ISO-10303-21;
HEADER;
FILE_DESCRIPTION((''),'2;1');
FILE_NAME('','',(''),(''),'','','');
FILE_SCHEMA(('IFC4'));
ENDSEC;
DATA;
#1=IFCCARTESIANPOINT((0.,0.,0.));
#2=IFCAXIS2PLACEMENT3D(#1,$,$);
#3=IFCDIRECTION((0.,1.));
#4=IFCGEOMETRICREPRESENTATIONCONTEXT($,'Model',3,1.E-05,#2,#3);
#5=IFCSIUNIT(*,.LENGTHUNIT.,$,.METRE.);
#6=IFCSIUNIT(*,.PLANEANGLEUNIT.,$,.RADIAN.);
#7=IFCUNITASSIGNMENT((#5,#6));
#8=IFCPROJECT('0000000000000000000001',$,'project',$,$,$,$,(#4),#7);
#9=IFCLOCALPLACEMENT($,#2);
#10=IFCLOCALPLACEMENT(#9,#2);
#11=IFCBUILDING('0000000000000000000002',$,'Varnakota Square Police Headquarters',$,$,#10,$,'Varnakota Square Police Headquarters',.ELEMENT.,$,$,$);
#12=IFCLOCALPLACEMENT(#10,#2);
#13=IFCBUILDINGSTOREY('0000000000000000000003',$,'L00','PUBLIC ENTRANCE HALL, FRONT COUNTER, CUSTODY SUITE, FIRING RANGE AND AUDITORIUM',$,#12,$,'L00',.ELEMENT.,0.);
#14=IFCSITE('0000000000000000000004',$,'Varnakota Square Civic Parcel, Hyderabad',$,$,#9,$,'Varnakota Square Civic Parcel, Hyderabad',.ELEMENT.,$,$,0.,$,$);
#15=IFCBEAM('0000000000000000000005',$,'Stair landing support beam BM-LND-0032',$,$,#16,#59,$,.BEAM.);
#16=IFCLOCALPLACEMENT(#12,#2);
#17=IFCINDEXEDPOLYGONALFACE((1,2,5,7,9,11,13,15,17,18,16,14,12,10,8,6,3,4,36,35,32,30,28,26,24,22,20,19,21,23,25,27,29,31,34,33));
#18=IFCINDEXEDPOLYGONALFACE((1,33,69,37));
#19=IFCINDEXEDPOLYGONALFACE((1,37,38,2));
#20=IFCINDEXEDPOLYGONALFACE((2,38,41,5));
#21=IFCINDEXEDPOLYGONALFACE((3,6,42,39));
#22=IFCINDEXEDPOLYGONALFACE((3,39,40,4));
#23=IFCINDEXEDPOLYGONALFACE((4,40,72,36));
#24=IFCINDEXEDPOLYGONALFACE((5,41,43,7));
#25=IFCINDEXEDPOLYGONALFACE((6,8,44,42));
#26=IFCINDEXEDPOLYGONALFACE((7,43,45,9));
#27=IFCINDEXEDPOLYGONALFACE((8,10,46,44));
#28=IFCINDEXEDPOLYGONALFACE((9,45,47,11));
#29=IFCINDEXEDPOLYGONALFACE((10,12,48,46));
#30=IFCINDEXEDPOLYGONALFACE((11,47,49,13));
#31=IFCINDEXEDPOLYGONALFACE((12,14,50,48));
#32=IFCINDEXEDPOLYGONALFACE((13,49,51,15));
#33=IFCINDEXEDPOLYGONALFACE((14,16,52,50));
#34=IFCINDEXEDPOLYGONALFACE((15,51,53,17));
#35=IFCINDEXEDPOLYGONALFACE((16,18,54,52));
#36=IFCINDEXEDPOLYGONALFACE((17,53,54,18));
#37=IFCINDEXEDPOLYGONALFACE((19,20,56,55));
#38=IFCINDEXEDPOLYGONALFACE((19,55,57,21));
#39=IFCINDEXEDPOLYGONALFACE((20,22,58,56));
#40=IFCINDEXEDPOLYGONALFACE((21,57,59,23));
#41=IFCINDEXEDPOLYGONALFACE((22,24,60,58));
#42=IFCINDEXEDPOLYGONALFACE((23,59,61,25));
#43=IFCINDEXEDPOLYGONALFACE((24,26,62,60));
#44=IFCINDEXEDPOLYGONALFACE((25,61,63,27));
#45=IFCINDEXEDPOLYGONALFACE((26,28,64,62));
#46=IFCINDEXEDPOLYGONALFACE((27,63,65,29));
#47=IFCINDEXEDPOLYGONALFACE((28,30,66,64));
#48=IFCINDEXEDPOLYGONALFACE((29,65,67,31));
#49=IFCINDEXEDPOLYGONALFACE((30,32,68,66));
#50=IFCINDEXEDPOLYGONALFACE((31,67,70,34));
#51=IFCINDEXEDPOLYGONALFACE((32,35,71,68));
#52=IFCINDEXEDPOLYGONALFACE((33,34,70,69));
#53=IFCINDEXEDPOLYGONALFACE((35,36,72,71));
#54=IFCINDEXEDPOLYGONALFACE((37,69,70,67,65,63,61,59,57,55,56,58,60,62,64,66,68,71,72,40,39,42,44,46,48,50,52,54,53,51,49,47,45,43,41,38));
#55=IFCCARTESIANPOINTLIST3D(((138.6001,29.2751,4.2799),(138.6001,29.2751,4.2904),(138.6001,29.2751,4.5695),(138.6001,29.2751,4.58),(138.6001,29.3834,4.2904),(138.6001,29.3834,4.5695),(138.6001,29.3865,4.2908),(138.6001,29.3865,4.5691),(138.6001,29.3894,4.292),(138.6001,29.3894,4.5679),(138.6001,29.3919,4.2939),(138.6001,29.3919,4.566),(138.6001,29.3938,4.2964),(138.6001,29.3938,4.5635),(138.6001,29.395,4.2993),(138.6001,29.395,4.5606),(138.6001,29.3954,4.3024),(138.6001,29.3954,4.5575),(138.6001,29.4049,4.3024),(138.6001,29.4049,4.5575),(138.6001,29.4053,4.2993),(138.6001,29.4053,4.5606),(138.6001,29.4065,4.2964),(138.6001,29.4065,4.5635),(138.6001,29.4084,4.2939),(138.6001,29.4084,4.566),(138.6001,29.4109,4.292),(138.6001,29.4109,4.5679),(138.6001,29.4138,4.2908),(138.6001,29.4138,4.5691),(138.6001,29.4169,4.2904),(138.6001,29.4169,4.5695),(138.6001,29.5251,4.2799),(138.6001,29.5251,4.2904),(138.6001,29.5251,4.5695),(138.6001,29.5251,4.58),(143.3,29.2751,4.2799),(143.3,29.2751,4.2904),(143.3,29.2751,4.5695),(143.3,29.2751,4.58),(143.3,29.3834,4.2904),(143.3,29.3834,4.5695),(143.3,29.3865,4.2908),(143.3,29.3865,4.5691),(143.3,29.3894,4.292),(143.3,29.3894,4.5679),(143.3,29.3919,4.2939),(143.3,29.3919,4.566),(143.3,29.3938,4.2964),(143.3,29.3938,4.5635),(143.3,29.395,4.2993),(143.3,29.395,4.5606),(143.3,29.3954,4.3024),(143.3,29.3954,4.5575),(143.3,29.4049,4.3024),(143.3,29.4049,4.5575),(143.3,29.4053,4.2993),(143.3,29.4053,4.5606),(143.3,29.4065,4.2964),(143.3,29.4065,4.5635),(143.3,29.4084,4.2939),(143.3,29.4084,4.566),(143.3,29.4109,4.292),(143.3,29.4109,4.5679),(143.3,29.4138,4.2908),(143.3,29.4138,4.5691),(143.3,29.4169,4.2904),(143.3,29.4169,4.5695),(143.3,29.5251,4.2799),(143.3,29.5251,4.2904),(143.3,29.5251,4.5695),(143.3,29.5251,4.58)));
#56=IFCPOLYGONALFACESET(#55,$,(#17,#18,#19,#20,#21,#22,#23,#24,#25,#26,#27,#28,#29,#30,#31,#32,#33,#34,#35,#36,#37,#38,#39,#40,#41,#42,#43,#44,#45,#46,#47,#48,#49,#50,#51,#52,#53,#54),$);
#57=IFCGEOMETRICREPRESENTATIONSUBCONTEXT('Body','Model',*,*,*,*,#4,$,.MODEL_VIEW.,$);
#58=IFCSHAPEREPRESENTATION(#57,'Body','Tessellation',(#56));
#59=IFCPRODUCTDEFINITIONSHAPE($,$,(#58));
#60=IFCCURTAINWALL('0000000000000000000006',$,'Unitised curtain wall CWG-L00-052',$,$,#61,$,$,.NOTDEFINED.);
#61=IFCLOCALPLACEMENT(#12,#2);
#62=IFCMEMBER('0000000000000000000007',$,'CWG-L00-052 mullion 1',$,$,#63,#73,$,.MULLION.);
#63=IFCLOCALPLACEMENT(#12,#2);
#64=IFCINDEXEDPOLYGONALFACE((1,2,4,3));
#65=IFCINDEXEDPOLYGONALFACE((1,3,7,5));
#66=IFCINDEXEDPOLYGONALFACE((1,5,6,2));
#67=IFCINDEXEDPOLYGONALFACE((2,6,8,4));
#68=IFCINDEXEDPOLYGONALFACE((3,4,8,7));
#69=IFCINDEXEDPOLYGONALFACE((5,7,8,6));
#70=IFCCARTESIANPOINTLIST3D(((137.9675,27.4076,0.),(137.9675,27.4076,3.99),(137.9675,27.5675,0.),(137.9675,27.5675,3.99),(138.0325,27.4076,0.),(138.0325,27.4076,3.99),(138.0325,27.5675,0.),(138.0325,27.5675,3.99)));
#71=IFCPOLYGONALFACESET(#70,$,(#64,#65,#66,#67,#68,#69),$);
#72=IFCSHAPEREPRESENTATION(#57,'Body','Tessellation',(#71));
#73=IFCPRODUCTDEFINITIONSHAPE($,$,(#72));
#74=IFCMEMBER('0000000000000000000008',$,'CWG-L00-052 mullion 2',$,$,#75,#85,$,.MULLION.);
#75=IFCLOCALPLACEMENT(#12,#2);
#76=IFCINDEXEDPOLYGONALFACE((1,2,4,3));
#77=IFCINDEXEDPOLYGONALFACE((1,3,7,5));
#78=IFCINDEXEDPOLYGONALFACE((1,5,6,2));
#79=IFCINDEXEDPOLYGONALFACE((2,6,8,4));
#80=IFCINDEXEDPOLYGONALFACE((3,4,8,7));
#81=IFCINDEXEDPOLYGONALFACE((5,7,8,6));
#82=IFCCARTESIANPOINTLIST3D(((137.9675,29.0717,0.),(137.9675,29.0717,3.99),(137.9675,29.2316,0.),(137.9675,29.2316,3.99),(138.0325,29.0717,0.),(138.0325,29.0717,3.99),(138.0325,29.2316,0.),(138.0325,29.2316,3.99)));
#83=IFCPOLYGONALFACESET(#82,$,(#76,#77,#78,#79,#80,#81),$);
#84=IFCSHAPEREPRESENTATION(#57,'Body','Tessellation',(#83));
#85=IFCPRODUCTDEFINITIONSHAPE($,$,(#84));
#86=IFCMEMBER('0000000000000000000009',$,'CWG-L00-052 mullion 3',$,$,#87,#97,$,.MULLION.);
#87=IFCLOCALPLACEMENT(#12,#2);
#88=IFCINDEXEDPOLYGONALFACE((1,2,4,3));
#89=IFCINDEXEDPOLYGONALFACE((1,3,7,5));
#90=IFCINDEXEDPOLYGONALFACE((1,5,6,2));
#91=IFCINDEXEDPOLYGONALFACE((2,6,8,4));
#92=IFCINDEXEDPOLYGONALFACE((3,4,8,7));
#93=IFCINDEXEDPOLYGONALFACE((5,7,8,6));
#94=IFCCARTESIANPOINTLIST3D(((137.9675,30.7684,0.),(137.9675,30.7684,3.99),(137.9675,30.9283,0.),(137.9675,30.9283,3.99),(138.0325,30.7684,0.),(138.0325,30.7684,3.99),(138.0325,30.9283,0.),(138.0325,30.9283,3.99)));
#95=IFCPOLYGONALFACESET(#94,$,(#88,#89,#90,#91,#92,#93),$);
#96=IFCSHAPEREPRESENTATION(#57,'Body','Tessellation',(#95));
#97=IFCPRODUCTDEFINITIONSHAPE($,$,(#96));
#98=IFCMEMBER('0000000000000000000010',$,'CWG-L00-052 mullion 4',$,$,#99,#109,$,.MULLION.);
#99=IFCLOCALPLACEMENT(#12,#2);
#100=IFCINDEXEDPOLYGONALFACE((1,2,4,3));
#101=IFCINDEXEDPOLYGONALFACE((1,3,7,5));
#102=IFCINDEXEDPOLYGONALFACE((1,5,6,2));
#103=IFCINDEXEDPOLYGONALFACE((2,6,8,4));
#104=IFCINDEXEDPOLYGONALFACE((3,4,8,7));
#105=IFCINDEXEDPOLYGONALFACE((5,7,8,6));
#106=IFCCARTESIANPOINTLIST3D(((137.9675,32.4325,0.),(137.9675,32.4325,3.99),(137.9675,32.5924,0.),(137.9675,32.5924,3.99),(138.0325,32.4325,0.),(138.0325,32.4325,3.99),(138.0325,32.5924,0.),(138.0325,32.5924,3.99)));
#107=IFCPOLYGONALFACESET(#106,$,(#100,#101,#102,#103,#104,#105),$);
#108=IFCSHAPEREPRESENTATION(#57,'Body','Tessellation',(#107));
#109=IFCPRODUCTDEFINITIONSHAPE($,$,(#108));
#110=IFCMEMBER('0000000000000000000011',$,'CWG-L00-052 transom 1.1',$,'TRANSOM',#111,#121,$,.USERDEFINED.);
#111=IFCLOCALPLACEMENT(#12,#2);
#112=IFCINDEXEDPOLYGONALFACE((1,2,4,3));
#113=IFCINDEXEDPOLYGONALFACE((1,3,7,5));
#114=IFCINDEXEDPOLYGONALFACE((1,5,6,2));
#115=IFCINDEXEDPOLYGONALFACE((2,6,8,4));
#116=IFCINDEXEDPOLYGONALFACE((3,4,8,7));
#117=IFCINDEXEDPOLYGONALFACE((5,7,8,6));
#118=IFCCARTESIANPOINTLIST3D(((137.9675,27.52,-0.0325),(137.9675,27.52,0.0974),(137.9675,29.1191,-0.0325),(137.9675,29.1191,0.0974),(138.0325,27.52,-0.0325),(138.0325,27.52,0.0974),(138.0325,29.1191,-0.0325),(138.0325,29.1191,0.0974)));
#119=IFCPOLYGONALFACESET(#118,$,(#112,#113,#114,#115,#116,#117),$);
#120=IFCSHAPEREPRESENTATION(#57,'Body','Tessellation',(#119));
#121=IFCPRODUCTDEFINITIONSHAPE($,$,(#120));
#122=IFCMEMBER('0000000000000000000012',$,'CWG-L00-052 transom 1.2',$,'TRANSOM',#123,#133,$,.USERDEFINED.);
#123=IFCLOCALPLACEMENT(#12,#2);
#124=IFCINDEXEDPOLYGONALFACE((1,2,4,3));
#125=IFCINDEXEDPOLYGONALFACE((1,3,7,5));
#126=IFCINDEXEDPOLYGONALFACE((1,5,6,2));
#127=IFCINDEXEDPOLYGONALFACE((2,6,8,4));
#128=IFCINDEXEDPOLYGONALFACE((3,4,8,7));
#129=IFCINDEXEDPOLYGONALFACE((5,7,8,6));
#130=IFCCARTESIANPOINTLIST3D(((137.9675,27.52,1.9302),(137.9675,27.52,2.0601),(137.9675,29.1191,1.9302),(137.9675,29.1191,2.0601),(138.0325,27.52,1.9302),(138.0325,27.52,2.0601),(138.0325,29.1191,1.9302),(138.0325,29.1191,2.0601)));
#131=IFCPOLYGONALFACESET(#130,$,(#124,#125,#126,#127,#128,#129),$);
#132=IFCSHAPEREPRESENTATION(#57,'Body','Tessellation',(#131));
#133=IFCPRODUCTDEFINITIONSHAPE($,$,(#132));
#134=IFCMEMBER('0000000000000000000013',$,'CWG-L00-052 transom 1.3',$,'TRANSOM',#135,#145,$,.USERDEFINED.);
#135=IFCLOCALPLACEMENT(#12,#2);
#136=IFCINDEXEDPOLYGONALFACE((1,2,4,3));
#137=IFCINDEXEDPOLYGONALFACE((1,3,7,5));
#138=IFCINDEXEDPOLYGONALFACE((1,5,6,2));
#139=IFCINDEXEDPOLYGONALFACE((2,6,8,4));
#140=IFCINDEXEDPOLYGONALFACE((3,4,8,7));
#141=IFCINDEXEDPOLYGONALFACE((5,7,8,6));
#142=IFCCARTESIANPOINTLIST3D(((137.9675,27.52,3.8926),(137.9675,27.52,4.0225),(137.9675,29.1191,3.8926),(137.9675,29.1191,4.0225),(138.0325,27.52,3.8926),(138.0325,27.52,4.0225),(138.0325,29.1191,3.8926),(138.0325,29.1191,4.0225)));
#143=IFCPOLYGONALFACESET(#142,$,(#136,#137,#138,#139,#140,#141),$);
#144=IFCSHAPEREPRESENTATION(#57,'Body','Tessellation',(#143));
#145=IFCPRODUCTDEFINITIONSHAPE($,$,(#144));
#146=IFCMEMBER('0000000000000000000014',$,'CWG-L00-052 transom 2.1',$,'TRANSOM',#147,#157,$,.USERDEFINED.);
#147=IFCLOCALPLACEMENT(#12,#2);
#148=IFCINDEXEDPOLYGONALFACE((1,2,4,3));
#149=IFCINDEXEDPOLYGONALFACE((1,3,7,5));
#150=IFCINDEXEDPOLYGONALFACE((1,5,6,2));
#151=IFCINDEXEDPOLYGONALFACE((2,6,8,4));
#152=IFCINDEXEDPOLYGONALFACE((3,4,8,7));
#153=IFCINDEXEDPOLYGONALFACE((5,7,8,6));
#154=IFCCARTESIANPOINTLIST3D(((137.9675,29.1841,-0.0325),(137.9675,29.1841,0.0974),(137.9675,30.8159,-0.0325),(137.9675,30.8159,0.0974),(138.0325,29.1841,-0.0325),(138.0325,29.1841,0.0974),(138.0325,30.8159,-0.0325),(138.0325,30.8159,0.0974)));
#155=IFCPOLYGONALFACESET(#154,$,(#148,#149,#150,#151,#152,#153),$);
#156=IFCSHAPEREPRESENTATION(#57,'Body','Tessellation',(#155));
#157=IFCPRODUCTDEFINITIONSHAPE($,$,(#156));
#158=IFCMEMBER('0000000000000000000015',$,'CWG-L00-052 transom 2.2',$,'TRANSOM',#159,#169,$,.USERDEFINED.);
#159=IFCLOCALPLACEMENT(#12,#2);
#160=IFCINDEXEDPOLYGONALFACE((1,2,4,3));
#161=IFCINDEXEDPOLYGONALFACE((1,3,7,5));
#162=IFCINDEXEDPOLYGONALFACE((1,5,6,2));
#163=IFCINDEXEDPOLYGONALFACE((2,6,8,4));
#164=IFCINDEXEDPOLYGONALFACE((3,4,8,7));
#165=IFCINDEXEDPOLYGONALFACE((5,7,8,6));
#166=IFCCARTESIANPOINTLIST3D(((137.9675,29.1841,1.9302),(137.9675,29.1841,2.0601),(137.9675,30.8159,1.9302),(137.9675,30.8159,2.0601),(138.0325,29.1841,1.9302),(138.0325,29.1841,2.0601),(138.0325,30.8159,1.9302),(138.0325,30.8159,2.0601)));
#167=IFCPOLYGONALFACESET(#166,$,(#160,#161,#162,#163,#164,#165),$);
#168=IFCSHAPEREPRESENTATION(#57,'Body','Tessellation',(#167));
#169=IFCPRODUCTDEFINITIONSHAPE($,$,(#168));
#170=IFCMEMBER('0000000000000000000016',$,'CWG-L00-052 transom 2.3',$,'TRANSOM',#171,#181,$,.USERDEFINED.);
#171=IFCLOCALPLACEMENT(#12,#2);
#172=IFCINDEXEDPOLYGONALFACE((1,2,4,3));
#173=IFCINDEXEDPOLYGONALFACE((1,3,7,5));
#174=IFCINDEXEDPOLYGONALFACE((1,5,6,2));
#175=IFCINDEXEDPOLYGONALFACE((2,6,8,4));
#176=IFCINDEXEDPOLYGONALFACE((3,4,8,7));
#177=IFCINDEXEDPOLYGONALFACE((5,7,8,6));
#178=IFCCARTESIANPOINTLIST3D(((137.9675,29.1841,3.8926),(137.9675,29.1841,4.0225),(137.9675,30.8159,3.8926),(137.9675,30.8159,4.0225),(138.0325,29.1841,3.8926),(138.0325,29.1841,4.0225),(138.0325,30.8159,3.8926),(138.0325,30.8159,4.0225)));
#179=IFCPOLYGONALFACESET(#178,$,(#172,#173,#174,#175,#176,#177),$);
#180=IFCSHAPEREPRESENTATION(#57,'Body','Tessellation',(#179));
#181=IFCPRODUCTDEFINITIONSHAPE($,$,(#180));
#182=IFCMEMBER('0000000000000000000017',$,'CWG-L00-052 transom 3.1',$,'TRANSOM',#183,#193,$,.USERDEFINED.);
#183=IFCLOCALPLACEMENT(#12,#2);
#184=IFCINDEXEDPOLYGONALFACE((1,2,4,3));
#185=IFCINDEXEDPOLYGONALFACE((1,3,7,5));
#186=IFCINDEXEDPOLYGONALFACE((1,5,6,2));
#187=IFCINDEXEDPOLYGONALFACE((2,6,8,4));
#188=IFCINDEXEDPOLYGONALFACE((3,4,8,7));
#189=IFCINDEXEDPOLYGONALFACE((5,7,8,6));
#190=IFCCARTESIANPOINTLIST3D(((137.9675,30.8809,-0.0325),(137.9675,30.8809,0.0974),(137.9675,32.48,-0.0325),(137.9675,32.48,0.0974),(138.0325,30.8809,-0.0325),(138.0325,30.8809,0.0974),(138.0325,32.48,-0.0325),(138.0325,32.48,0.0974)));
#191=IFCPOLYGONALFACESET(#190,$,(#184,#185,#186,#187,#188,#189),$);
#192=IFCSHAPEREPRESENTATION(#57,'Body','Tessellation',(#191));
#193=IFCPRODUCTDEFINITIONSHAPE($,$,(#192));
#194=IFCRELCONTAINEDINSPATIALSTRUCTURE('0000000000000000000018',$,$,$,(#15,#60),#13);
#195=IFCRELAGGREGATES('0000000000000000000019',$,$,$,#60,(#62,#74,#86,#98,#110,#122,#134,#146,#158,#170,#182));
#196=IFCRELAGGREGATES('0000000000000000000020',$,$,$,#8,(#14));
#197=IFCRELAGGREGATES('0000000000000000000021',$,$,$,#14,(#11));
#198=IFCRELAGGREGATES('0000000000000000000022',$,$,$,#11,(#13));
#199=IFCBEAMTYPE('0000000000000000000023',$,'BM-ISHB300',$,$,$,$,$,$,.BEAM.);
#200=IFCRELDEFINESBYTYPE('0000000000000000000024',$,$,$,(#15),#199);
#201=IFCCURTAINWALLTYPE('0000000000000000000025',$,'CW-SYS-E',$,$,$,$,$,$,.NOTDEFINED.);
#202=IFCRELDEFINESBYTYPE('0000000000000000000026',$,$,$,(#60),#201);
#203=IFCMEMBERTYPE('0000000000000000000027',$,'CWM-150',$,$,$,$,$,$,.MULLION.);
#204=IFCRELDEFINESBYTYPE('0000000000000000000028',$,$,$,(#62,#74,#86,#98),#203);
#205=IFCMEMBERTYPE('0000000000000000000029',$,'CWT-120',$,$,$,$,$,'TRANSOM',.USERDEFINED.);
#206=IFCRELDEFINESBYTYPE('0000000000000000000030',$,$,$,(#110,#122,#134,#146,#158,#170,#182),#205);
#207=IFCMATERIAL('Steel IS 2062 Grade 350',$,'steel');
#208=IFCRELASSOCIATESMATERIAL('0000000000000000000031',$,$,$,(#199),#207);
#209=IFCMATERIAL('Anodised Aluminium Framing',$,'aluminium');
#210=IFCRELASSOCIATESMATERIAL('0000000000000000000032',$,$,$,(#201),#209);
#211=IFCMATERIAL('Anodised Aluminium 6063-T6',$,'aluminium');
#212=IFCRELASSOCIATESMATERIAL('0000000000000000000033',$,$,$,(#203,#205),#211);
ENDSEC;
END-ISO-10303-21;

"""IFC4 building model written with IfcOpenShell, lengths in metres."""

from ifc_helpers import new_model, si_unit, direction, frame, origin, origin_2d, place, context, subcontext, project, spatial, rectangle, i_section, extrude, material, material_profile, profile_set, type_object, element, aggregate, save


model = new_model("IFC4")

# Units and contexts
model_context = context("Model", 3, precision=1e-05, world=origin(), true_north=direction((0.0, 1.0)))
body_context = subcontext(model_context, "Body", "Model", "MODEL_VIEW")
ifc_project = project(units=[si_unit("LENGTHUNIT", "METRE"), si_unit("PLANEANGLEUNIT", "RADIAN")], contexts=[model_context])

# Site, building, storey
site_placement = place(None, origin())
site = spatial("IfcSite", under=ifc_project, at=site_placement, Name="Varnakota Square Civic Parcel, Hyderabad", LongName="Varnakota Square Civic Parcel, Hyderabad", CompositionType="ELEMENT", RefElevation=0.0)
building_placement = place(site_placement, origin())
building = spatial("IfcBuilding", under=site, at=building_placement, Name="Varnakota Square Police Headquarters", LongName="Varnakota Square Police Headquarters", CompositionType="ELEMENT")
storey_placement = place(building_placement, origin())
storey = spatial("IfcBuildingStorey", under=building, at=storey_placement, Name="L00", Description="PUBLIC ENTRANCE HALL, FRONT COUNTER, CUSTODY SUITE, FIRING RANGE AND AUDITORIUM", LongName="L00", CompositionType="ELEMENT", Elevation=0.0)

# Beam
ifc_material_1 = material(Name="Steel IS 2062 Grade 350", Category="steel")
ifc_material_profile_1 = material_profile(ifc_material_1, i_section(OverallWidth=0.25, OverallDepth=0.3, WebThickness=0.0095, FlangeThickness=0.0105, FilletRadius=0.012, at=origin_2d()), Name="ISHB 300")
ifc_profile_set_1 = profile_set([ifc_material_profile_1], Name="Steel IS 2062 Grade 350")
beam_type = type_object("IfcBeamType", Name="BM-ISHB300", PredefinedType="BEAM", material=ifc_profile_set_1)
beam_placement = place(storey_placement, frame((138.6001, 29.4001, 4.4299), z_axis=(1.0, 0.0, 0.0), x_axis=(0.0, 1.0, 0.0)))
element("IfcBeam", 1, at=beam_placement, inside=storey, type_object=beam_type, Name="Stair landing support beam BM-LND-0032", PredefinedType="BEAM", context=body_context, shape_type="SweptSolid", body=[
    extrude(i_section(OverallWidth=0.25, OverallDepth=0.3, WebThickness=0.0095, FlangeThickness=0.0105, FilletRadius=0.012, at=origin_2d()), origin(), (0.0, 0.0, 1.0), 4.7),
])

# Curtain wall, members
ifc_material_2 = material(Name="Anodised Aluminium Framing", Category="aluminium")
curtain_wall_type = type_object("IfcCurtainWallType", Name="CW-SYS-E", PredefinedType="NOTDEFINED", material=ifc_material_2)
curtain_wall_placement = place(storey_placement, origin())
curtain_wall = element("IfcCurtainWall", 2, at=curtain_wall_placement, inside=storey, type_object=curtain_wall_type, Name="Unitised curtain wall CWG-L00-052", PredefinedType="NOTDEFINED")
ifc_material_3 = material(Name="Anodised Aluminium 6063-T6", Category="aluminium")
ifc_material_profile_2 = material_profile(ifc_material_3, rectangle(XDim=0.0649, YDim=0.1599, at=origin_2d()), Name="ALU MULLION 65x160")
ifc_profile_set_2 = profile_set([ifc_material_profile_2], Name="Anodised Aluminium 6063-T6")
member_type_1 = type_object("IfcMemberType", Name="CWM-150", PredefinedType="MULLION", material=ifc_profile_set_2)
member_1_placement = place(storey_placement, frame((138.0, 27.4875, 0.0), z_axis=(0.0, 0.0, 1.0), x_axis=(-1.0, 0.0, 0.0)))
member_1 = element("IfcMember", 3, at=member_1_placement, type_object=member_type_1, Name="CWG-L00-052 mullion 1", PredefinedType="MULLION", context=body_context, shape_type="SweptSolid", body=[
    extrude(rectangle(XDim=0.0649, YDim=0.1599, at=origin_2d()), origin(), (0.0, 0.0, 1.0), 3.99),
])
member_2_placement = place(storey_placement, frame((138.0, 29.1516, 0.0), z_axis=(0.0, 0.0, 1.0), x_axis=(-1.0, 0.0, 0.0)))
member_2 = element("IfcMember", 4, at=member_2_placement, type_object=member_type_1, Name="CWG-L00-052 mullion 2", PredefinedType="MULLION", context=body_context, shape_type="SweptSolid", body=[
    extrude(rectangle(XDim=0.0649, YDim=0.1599, at=origin_2d()), origin(), (0.0, 0.0, 1.0), 3.99),
])
member_3_placement = place(storey_placement, frame((138.0, 30.8484, 0.0), z_axis=(0.0, 0.0, 1.0), x_axis=(-1.0, 0.0, 0.0)))
member_3 = element("IfcMember", 5, at=member_3_placement, type_object=member_type_1, Name="CWG-L00-052 mullion 3", PredefinedType="MULLION", context=body_context, shape_type="SweptSolid", body=[
    extrude(rectangle(XDim=0.0649, YDim=0.1599, at=origin_2d()), origin(), (0.0, 0.0, 1.0), 3.99),
])
member_4_placement = place(storey_placement, frame((138.0, 32.5125, 0.0), z_axis=(0.0, 0.0, 1.0), x_axis=(-1.0, 0.0, 0.0)))
member_4 = element("IfcMember", 6, at=member_4_placement, type_object=member_type_1, Name="CWG-L00-052 mullion 4", PredefinedType="MULLION", context=body_context, shape_type="SweptSolid", body=[
    extrude(rectangle(XDim=0.0649, YDim=0.1599, at=origin_2d()), origin(), (0.0, 0.0, 1.0), 3.99),
])
ifc_material_profile_3 = material_profile(ifc_material_3, rectangle(XDim=0.0649, YDim=0.1299, at=origin_2d()), Name="ALU TRANSOM 65x130")
ifc_profile_set_3 = profile_set([ifc_material_profile_3], Name="Anodised Aluminium 6063-T6")
member_type_2 = type_object("IfcMemberType", Name="CWT-120", ElementType="TRANSOM", PredefinedType="USERDEFINED", material=ifc_profile_set_3)
member_5_placement = place(storey_placement, frame((138.0, 27.52, 0.0325), z_axis=(0.0, 1.0, 0.0), x_axis=(-1.0, 0.0, 0.0)))
member_5 = element("IfcMember", 7, at=member_5_placement, type_object=member_type_2, Name="CWG-L00-052 transom 1.1", ObjectType="TRANSOM", PredefinedType="USERDEFINED", context=body_context, shape_type="SweptSolid", body=[
    extrude(rectangle(XDim=0.0649, YDim=0.1299, at=origin_2d()), origin(), (0.0, 0.0, 1.0), 1.5991),
])
member_6_placement = place(storey_placement, frame((138.0, 27.52, 1.9951), z_axis=(0.0, 1.0, 0.0), x_axis=(-1.0, 0.0, 0.0)))
member_6 = element("IfcMember", 8, at=member_6_placement, type_object=member_type_2, Name="CWG-L00-052 transom 1.2", ObjectType="TRANSOM", PredefinedType="USERDEFINED", context=body_context, shape_type="SweptSolid", body=[
    extrude(rectangle(XDim=0.0649, YDim=0.1299, at=origin_2d()), origin(), (0.0, 0.0, 1.0), 1.5991),
])
member_7_placement = place(storey_placement, frame((138.0, 27.52, 3.9575), z_axis=(0.0, 1.0, 0.0), x_axis=(-1.0, 0.0, 0.0)))
member_7 = element("IfcMember", 9, at=member_7_placement, type_object=member_type_2, Name="CWG-L00-052 transom 1.3", ObjectType="TRANSOM", PredefinedType="USERDEFINED", context=body_context, shape_type="SweptSolid", body=[
    extrude(rectangle(XDim=0.0649, YDim=0.1299, at=origin_2d()), origin(), (0.0, 0.0, 1.0), 1.5991),
])
member_8_placement = place(storey_placement, frame((138.0, 29.1841, 0.0325), z_axis=(0.0, 1.0, 0.0), x_axis=(-1.0, 0.0, 0.0)))
member_8 = element("IfcMember", 10, at=member_8_placement, type_object=member_type_2, Name="CWG-L00-052 transom 2.1", ObjectType="TRANSOM", PredefinedType="USERDEFINED", context=body_context, shape_type="SweptSolid", body=[
    extrude(rectangle(XDim=0.0649, YDim=0.1299, at=origin_2d()), origin(), (0.0, 0.0, 1.0), 1.6318),
])
member_9_placement = place(storey_placement, frame((138.0, 29.1841, 1.9951), z_axis=(0.0, 1.0, 0.0), x_axis=(-1.0, 0.0, 0.0)))
member_9 = element("IfcMember", 11, at=member_9_placement, type_object=member_type_2, Name="CWG-L00-052 transom 2.2", ObjectType="TRANSOM", PredefinedType="USERDEFINED", context=body_context, shape_type="SweptSolid", body=[
    extrude(rectangle(XDim=0.0649, YDim=0.1299, at=origin_2d()), origin(), (0.0, 0.0, 1.0), 1.6318),
])
member_10_placement = place(storey_placement, frame((138.0, 29.1841, 3.9575), z_axis=(0.0, 1.0, 0.0), x_axis=(-1.0, 0.0, 0.0)))
member_10 = element("IfcMember", 12, at=member_10_placement, type_object=member_type_2, Name="CWG-L00-052 transom 2.3", ObjectType="TRANSOM", PredefinedType="USERDEFINED", context=body_context, shape_type="SweptSolid", body=[
    extrude(rectangle(XDim=0.0649, YDim=0.1299, at=origin_2d()), origin(), (0.0, 0.0, 1.0), 1.6318),
])
member_11_placement = place(storey_placement, frame((138.0, 30.8809, 0.0325), z_axis=(0.0, 1.0, 0.0), x_axis=(-1.0, 0.0, 0.0)))
member_11 = element("IfcMember", 13, at=member_11_placement, type_object=member_type_2, Name="CWG-L00-052 transom 3.1", ObjectType="TRANSOM", PredefinedType="USERDEFINED", context=body_context, shape_type="SweptSolid", body=[
    extrude(rectangle(XDim=0.0649, YDim=0.1299, at=origin_2d()), origin(), (0.0, 0.0, 1.0), 1.5991),
])
aggregate(curtain_wall, [member_1, member_2, member_3, member_4, member_5, member_6, member_7, member_8, member_9, member_10, member_11])

save(model, "model.ifc")
